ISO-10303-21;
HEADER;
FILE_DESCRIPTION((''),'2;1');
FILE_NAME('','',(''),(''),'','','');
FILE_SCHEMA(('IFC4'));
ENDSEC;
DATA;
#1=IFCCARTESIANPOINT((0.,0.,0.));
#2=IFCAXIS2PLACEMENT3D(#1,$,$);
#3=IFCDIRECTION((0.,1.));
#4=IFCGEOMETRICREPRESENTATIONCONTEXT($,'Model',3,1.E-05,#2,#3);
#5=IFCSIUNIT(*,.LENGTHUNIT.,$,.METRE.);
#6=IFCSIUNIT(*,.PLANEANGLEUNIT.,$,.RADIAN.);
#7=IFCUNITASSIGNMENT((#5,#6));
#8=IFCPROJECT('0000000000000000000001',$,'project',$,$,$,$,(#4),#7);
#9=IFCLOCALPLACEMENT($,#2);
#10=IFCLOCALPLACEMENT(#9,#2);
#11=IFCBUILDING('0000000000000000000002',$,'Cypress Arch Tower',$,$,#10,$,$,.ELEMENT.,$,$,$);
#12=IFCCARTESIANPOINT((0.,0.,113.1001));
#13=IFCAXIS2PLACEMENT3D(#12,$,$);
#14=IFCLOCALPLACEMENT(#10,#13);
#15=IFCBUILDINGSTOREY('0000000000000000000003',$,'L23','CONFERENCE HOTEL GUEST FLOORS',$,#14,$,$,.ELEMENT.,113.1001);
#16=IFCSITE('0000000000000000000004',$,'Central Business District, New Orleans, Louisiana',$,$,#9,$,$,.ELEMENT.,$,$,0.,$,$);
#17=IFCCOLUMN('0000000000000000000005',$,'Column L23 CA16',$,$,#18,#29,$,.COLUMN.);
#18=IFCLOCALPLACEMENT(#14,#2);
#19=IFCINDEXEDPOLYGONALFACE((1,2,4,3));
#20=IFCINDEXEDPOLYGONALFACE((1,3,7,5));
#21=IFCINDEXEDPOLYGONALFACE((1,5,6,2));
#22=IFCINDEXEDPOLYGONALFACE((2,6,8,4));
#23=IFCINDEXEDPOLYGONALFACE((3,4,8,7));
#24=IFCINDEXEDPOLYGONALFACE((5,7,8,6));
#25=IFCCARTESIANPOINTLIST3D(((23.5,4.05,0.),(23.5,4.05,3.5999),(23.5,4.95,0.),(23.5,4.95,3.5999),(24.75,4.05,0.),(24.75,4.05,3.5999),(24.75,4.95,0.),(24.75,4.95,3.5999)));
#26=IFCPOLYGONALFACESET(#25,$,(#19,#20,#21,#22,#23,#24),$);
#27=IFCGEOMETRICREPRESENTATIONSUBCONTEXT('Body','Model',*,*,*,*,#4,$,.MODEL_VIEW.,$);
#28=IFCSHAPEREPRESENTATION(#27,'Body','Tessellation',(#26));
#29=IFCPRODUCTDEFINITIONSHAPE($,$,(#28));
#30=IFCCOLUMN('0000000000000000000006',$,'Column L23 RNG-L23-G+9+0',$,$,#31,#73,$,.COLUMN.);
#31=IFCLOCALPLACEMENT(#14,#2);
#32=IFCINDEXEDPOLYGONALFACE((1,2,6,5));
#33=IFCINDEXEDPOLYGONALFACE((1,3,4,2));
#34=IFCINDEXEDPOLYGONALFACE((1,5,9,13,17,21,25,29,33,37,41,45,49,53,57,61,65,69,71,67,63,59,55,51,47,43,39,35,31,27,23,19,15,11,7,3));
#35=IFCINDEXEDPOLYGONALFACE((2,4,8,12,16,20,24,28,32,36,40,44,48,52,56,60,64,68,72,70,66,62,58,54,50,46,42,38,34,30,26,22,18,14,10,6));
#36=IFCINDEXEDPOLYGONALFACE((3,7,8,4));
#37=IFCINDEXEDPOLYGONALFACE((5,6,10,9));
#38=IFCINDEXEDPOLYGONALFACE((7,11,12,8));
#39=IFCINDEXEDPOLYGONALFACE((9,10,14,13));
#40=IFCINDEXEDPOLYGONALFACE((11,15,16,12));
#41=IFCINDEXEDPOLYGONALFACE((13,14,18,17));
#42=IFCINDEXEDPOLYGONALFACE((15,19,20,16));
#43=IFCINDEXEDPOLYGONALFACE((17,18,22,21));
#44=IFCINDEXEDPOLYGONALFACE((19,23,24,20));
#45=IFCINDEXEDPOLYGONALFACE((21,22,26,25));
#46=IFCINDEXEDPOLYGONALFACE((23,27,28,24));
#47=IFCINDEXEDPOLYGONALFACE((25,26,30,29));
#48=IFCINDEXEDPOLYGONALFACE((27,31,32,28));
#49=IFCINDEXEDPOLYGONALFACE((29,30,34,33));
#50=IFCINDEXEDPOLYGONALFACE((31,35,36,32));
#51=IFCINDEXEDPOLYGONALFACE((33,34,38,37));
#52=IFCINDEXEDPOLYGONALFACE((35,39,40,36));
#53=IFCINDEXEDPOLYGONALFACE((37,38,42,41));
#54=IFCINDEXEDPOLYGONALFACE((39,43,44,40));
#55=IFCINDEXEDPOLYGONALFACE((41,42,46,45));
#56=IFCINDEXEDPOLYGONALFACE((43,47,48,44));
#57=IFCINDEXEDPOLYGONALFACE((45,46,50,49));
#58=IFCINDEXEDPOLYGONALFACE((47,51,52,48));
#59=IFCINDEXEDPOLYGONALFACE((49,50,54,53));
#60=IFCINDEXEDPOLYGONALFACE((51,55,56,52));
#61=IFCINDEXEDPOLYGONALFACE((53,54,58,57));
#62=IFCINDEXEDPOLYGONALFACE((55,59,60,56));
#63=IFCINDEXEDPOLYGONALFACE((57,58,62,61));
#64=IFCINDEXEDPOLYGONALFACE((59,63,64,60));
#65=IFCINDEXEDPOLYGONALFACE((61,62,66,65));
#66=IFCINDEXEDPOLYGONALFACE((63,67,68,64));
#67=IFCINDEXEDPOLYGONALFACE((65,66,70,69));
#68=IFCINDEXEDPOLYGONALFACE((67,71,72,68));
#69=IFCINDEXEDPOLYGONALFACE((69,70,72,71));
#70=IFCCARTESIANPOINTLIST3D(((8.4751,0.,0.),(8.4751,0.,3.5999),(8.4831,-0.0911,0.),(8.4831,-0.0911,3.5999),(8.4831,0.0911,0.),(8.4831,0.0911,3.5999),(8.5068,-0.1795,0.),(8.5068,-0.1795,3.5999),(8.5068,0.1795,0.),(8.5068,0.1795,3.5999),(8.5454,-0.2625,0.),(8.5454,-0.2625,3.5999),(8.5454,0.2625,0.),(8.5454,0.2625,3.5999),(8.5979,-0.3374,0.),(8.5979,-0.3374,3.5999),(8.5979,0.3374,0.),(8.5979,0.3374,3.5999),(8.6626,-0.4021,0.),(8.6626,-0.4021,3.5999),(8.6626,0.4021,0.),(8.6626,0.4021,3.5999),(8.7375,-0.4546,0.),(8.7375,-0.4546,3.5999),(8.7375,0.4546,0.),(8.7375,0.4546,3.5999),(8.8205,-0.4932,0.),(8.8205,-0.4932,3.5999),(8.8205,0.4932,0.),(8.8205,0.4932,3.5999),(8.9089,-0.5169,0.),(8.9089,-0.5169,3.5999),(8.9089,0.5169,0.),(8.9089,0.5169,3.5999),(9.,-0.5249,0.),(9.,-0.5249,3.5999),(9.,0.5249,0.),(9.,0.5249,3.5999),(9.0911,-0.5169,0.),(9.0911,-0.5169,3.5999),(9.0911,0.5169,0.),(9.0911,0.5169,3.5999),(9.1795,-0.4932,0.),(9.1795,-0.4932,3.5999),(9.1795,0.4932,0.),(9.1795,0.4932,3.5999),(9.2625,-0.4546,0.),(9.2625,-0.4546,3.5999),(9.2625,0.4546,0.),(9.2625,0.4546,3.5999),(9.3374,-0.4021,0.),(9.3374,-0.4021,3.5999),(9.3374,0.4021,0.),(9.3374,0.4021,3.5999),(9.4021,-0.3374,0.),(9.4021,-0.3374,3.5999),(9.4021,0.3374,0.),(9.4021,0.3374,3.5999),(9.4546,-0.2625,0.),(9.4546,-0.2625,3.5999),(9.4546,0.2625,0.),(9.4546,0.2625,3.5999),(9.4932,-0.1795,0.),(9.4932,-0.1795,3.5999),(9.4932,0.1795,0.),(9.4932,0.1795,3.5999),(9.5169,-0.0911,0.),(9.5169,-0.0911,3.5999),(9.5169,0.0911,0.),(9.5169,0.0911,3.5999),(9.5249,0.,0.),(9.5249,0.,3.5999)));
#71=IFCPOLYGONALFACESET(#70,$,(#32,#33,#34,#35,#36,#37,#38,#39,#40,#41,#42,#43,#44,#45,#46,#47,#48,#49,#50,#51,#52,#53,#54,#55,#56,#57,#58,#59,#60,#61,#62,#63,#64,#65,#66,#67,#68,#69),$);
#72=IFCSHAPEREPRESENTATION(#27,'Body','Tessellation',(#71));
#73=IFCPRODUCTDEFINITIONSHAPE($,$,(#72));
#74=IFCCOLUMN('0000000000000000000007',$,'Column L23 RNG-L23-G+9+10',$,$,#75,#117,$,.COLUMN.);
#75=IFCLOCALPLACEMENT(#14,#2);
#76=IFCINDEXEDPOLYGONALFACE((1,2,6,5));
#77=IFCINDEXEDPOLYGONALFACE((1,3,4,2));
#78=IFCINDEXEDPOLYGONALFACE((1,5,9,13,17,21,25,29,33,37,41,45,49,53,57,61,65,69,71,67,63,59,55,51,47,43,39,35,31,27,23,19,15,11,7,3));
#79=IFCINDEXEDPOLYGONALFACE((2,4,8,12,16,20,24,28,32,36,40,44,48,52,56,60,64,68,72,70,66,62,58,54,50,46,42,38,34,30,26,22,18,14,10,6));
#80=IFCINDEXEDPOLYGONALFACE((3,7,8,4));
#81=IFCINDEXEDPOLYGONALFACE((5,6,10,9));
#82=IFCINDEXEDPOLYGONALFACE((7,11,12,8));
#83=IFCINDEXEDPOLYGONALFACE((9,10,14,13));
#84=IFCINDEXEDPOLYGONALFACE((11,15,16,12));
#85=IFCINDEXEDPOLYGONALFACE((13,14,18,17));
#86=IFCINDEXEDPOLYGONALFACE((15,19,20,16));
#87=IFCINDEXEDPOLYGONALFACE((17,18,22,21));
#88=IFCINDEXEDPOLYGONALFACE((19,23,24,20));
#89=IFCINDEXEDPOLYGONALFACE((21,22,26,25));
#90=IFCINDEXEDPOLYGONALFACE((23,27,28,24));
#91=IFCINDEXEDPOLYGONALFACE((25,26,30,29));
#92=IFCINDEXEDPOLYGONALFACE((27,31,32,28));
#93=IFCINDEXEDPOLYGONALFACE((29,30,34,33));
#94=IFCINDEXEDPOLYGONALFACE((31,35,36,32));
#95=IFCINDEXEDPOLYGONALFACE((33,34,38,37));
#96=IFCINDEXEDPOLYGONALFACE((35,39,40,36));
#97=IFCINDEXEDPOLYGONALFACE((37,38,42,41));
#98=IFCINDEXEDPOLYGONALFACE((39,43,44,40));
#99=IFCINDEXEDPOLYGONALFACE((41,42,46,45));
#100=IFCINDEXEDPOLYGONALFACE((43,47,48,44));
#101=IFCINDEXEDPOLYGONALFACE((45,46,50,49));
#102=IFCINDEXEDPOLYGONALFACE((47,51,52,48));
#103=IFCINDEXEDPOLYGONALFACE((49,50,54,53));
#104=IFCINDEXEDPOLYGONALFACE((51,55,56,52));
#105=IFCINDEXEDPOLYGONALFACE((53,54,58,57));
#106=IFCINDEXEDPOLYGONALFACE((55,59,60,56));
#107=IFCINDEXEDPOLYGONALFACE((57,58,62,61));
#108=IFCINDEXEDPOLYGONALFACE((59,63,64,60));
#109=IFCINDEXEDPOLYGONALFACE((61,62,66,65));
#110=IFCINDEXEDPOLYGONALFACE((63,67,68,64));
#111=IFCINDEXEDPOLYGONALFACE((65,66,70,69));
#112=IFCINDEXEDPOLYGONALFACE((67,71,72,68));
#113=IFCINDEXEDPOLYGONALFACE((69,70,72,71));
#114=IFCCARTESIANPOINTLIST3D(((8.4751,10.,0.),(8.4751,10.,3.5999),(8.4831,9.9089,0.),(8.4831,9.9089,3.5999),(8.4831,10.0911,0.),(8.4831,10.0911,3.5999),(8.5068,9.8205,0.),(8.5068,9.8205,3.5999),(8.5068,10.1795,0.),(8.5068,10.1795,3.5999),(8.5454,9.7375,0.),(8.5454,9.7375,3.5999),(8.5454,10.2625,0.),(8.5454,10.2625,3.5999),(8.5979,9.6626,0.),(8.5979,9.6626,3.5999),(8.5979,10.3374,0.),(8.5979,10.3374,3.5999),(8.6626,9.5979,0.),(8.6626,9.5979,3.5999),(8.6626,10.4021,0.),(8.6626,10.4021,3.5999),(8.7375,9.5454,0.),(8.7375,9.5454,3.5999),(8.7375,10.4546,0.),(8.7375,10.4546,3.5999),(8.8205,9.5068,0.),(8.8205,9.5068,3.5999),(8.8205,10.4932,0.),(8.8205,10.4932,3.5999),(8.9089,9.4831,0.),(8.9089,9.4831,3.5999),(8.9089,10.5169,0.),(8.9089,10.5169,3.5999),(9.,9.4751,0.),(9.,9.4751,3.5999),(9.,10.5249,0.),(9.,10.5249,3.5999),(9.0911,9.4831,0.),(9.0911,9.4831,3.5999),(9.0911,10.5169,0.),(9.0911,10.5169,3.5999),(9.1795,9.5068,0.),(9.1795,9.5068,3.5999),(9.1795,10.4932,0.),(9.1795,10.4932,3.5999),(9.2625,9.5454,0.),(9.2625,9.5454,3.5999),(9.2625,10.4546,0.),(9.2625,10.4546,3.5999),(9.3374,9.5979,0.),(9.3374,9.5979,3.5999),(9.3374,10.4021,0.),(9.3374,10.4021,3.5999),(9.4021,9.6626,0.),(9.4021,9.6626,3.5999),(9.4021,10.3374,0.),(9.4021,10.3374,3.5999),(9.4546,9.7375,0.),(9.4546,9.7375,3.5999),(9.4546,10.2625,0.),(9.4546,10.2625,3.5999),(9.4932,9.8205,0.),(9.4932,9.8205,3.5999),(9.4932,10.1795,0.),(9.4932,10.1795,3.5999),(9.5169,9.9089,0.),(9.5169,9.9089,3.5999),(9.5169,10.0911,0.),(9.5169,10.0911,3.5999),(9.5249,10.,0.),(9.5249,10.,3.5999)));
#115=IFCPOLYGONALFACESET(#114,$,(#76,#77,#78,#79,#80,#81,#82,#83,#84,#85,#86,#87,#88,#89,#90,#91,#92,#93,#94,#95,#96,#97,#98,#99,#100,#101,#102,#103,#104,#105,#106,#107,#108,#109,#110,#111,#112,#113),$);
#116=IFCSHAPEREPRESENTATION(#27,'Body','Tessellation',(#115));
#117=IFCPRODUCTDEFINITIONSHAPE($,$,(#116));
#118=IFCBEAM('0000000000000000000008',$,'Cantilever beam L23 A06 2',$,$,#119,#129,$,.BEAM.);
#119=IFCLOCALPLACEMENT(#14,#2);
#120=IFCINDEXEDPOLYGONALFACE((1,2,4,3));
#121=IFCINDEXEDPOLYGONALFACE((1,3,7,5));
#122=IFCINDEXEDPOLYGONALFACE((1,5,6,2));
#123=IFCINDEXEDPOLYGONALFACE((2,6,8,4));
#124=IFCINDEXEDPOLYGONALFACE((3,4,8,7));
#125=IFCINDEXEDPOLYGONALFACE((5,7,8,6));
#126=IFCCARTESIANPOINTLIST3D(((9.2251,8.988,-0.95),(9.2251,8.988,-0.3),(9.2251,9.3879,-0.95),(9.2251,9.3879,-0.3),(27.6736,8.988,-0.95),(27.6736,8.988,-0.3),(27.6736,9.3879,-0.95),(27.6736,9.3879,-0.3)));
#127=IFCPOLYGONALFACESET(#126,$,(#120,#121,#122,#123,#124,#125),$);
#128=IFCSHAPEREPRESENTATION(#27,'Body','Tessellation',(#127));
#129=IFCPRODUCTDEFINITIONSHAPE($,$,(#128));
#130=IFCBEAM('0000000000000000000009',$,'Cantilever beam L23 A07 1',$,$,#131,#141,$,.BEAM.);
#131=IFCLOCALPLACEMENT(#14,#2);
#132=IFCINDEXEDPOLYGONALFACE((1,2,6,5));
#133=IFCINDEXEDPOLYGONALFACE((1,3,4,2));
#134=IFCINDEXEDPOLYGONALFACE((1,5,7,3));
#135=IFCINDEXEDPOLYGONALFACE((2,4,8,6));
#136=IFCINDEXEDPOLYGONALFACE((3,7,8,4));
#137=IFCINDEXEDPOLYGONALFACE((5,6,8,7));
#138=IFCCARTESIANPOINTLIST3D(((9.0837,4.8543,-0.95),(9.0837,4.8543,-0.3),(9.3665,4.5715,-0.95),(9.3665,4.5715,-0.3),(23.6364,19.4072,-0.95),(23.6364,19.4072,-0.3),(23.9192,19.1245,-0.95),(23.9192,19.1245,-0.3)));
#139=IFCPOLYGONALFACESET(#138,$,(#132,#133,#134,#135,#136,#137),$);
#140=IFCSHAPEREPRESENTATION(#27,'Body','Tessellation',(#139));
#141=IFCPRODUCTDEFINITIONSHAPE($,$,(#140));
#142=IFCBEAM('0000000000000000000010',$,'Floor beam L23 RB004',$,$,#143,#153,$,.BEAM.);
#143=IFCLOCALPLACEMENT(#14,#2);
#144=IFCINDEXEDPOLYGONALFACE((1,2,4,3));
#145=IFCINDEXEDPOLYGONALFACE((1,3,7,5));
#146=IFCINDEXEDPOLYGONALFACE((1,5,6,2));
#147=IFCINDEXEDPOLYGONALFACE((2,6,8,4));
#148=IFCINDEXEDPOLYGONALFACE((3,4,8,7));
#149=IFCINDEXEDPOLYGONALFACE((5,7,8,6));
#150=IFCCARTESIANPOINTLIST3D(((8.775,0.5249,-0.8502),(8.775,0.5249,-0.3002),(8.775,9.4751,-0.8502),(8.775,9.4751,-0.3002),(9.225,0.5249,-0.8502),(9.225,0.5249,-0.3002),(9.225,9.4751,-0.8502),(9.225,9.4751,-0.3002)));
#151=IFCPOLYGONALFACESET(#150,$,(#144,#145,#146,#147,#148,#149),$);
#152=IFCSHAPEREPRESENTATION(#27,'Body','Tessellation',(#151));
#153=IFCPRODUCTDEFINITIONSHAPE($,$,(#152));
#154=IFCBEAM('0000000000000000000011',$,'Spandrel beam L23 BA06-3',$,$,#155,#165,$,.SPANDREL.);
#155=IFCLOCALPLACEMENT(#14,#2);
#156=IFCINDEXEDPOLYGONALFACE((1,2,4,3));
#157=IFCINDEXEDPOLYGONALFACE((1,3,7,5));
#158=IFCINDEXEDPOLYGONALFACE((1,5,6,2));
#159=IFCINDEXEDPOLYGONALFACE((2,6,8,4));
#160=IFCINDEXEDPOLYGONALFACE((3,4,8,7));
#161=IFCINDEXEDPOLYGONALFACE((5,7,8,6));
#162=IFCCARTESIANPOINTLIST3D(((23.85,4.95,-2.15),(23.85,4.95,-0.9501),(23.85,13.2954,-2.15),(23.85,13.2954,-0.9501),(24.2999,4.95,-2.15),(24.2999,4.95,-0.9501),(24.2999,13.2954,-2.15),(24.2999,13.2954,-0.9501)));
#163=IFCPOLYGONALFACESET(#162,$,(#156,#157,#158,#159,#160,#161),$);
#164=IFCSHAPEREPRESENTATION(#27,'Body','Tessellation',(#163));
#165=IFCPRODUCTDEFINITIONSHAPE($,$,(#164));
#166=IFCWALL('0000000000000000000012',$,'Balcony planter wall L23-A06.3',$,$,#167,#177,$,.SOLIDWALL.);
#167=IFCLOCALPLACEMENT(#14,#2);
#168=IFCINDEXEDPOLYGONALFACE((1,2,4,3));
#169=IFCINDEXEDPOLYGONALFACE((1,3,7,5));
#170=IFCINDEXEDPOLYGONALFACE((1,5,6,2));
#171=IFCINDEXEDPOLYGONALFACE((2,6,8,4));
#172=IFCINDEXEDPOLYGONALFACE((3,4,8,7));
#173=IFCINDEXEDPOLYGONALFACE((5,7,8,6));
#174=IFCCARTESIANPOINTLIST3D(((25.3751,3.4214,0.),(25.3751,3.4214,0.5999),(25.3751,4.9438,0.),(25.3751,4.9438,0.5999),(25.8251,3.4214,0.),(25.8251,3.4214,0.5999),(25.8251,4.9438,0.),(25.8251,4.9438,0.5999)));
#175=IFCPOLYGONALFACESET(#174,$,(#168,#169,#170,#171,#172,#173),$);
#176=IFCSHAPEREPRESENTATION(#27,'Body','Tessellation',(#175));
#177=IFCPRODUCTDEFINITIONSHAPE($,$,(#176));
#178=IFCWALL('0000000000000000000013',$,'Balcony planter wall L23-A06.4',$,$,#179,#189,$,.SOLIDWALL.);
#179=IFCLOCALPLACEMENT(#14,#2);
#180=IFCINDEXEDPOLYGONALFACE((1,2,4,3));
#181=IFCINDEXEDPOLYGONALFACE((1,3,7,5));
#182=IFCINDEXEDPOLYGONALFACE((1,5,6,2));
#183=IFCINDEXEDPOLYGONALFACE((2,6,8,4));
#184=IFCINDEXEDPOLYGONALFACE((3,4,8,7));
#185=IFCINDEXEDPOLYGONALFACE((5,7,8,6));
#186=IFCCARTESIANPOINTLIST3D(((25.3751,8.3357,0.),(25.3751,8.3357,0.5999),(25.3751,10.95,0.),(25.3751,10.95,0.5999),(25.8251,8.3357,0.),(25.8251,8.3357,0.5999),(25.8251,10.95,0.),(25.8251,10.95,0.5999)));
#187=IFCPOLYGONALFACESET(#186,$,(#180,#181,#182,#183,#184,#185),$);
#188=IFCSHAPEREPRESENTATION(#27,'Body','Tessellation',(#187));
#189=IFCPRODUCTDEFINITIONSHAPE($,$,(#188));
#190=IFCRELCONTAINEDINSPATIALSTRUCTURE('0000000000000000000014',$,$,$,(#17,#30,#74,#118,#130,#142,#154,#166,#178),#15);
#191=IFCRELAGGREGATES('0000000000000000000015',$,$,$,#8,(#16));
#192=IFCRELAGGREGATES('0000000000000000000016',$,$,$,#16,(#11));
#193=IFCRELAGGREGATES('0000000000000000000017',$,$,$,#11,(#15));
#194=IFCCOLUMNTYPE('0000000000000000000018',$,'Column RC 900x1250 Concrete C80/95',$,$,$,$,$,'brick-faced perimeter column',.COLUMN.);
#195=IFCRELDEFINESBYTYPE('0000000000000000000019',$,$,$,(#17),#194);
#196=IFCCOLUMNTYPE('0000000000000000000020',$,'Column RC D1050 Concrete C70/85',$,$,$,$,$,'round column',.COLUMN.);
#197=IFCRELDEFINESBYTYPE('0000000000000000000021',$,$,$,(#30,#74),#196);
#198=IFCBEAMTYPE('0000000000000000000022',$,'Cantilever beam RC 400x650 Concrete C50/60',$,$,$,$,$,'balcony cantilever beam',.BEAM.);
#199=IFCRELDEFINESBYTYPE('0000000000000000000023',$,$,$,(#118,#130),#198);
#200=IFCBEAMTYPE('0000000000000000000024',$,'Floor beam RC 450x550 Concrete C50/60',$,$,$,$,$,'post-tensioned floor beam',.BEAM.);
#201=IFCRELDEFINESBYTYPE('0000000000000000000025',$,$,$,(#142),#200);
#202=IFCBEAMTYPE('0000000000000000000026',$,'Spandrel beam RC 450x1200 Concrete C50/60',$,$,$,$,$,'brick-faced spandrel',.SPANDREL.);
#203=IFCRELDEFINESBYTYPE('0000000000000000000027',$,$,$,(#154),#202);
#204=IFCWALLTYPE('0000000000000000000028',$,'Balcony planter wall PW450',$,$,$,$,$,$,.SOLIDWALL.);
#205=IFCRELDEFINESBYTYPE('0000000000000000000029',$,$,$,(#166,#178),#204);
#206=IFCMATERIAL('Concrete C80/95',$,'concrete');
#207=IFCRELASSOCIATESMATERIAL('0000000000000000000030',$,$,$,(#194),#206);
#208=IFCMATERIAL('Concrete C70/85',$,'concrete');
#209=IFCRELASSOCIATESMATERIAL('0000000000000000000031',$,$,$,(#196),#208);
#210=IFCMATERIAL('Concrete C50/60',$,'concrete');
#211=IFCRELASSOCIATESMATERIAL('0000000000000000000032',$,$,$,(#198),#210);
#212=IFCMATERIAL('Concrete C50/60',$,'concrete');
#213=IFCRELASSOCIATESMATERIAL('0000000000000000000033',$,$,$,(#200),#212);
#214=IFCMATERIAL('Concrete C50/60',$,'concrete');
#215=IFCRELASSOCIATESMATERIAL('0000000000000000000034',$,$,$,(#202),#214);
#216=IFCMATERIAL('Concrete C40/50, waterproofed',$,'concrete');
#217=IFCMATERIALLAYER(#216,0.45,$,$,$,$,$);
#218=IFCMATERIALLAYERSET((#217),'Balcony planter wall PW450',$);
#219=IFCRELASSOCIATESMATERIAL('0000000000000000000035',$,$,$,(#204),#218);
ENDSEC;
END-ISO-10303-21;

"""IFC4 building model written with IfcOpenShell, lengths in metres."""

from ifc_helpers import new_model, si_unit, direction, frame, frame_2d, origin, origin_2d, place, context, subcontext, project, spatial, rectangle, circle, extrude, material, layer, layer_set, material_profile, profile_set, type_object, element, save


model = new_model("IFC4")

# Units and contexts
model_context = context("Model", 3, precision=1e-05, world=origin(), true_north=direction((0.0, 1.0)))
body_context = subcontext(model_context, "Body", "Model", "MODEL_VIEW")
ifc_project = project(units=[si_unit("LENGTHUNIT", "METRE"), si_unit("PLANEANGLEUNIT", "RADIAN")], contexts=[model_context])

# Site, building, storey
site_placement = place(None, origin())
site = spatial("IfcSite", under=ifc_project, at=site_placement, Name="Central Business District, New Orleans, Louisiana", CompositionType="ELEMENT", RefElevation=0.0)
building_placement = place(site_placement, origin())
building = spatial("IfcBuilding", under=site, at=building_placement, Name="Cypress Arch Tower", CompositionType="ELEMENT")
storey_placement = place(building_placement, frame((0.0, 0.0, 113.1001)))
storey = spatial("IfcBuildingStorey", under=building, at=storey_placement, Name="L23", Description="CONFERENCE HOTEL GUEST FLOORS", CompositionType="ELEMENT", Elevation=113.1001)

# Columns
ifc_material_1 = material(Name="Concrete C80/95", Category="concrete")
ifc_material_profile_1 = material_profile(ifc_material_1, rectangle(XDim=0.8999, YDim=1.25, at=origin_2d()), Name="RC 900x1250")
ifc_profile_set_1 = profile_set([ifc_material_profile_1], Name="Concrete C80/95")
column_type_1 = type_object("IfcColumnType", Name="Column RC 900x1250 Concrete C80/95", ElementType="brick-faced perimeter column", PredefinedType="COLUMN", material=ifc_profile_set_1)
column_placement = place(storey_placement, frame((24.125, 4.5, 0.0), z_axis=(0.0, 0.0, 1.0), x_axis=(0.0, 1.0, 0.0)))
element("IfcColumn", 1, at=column_placement, inside=storey, type_object=column_type_1, Name="Column L23 CA16", PredefinedType="COLUMN", context=body_context, shape_type="SweptSolid", body=[
    extrude(rectangle(XDim=0.8999, YDim=1.25, at=origin_2d()), origin(), (0.0, 0.0, 1.0), 3.5999),
])
ifc_material_2 = material(Name="Concrete C70/85", Category="concrete")
ifc_material_profile_2 = material_profile(ifc_material_2, circle(Radius=0.5249, at=origin_2d()), Name="RC D1050")
ifc_profile_set_2 = profile_set([ifc_material_profile_2], Name="Concrete C70/85")
column_type_2 = type_object("IfcColumnType", Name="Column RC D1050 Concrete C70/85", ElementType="round column", PredefinedType="COLUMN", material=ifc_profile_set_2)
for number, where, z_axis, x_axis, name in (
    (2, (9.0, 0.0, 0.0), (0.0, 0.0, 1.0), (1.0, 0.0, 0.0), "Column L23 RNG-L23-G+9+0"),
    (3, (9.0, 10.0, 0.0), (0.0, 0.0, 1.0), (1.0, 0.0, 0.0), "Column L23 RNG-L23-G+9+10"),
):
    element("IfcColumn", number, at=place(storey_placement, frame(where, z_axis=z_axis, x_axis=x_axis)), inside=storey, type_object=column_type_2, Name=name, PredefinedType="COLUMN", context=body_context, shape_type="SweptSolid", body=[
        extrude(circle(Radius=0.5249, at=origin_2d()), origin(), (0.0, 0.0, 1.0), 3.5999),
    ])

# Beams
ifc_material_3 = material(Name="Concrete C50/60", Category="concrete")
ifc_material_profile_3 = material_profile(ifc_material_3, rectangle(XDim=0.3999, YDim=0.6499, at=origin_2d()), Name="RC 400x650")
ifc_profile_set_3 = profile_set([ifc_material_profile_3], Name="Concrete C50/60")
beam_type_1 = type_object("IfcBeamType", Name="Cantilever beam RC 400x650 Concrete C50/60", ElementType="balcony cantilever beam", PredefinedType="BEAM", material=ifc_profile_set_3)
beam_1_placement = place(storey_placement, frame((9.2251, 9.188, -0.625), z_axis=(1.0, 0.0, 0.0), x_axis=(0.0, 1.0, 0.0)))
element("IfcBeam", 4, at=beam_1_placement, inside=storey, type_object=beam_type_1, Name="Cantilever beam L23 A06 2", PredefinedType="BEAM", context=body_context, shape_type="SweptSolid", body=[
    extrude(rectangle(XDim=0.3999, YDim=0.6499, at=origin_2d()), origin(), (0.0, 0.0, 1.0), 18.4485),
])
beam_2_placement = place(storey_placement, frame((9.2251, 4.7129, -0.625), z_axis=(0.707101, 0.707113, 0.0), x_axis=(-0.707113, 0.707101, 0.0)))
element("IfcBeam", 5, at=beam_2_placement, inside=storey, type_object=beam_type_1, Name="Cantilever beam L23 A07 1", PredefinedType="BEAM", context=body_context, shape_type="SweptSolid", body=[
    extrude(rectangle(XDim=0.3999, YDim=0.6499, at=origin_2d()), origin(), (0.0, 0.0, 1.0), 20.5808),
])
ifc_material_4 = material(Name="Concrete C50/60", Category="concrete")
ifc_material_profile_4 = material_profile(ifc_material_4, rectangle(XDim=0.45, YDim=0.55, at=origin_2d()), Name="RC 450x550")
ifc_profile_set_4 = profile_set([ifc_material_profile_4], Name="Concrete C50/60")
beam_type_2 = type_object("IfcBeamType", Name="Floor beam RC 450x550 Concrete C50/60", ElementType="post-tensioned floor beam", PredefinedType="BEAM", material=ifc_profile_set_4)
beam_3_placement = place(storey_placement, frame((9.0, 0.5249, -0.5752), z_axis=(0.0, 1.0, 0.0), x_axis=(-1.0, 0.0, 0.0)))
element("IfcBeam", 6, at=beam_3_placement, inside=storey, type_object=beam_type_2, Name="Floor beam L23 RB004", PredefinedType="BEAM", context=body_context, shape_type="SweptSolid", body=[
    extrude(rectangle(XDim=0.45, YDim=0.55, at=origin_2d()), origin(), (0.0, 0.0, 1.0), 8.9502),
])
ifc_material_5 = material(Name="Concrete C50/60", Category="concrete")
ifc_material_profile_5 = material_profile(ifc_material_5, rectangle(XDim=0.45, YDim=1.2, at=origin_2d()), Name="RC 450x1200")
ifc_profile_set_5 = profile_set([ifc_material_profile_5], Name="Concrete C50/60")
beam_type_3 = type_object("IfcBeamType", Name="Spandrel beam RC 450x1200 Concrete C50/60", ElementType="brick-faced spandrel", PredefinedType="SPANDREL", material=ifc_profile_set_5)
beam_4_placement = place(storey_placement, frame((24.075, 4.95, -1.55), z_axis=(0.0, 1.0, 0.0), x_axis=(-1.0, 0.0, 0.0)))
element("IfcBeam", 7, at=beam_4_placement, inside=storey, type_object=beam_type_3, Name="Spandrel beam L23 BA06-3", PredefinedType="SPANDREL", context=body_context, shape_type="SweptSolid", body=[
    extrude(rectangle(XDim=0.45, YDim=1.2, at=origin_2d()), origin(), (0.0, 0.0, 1.0), 8.3455),
])

# Walls
ifc_material_6 = material(Name="Concrete C40/50, waterproofed", Category="concrete")
ifc_layer_1 = layer(ifc_material_6, 0.45)
ifc_layer_set_1 = layer_set([ifc_layer_1], Name="Balcony planter wall PW450")
wall_type_1 = type_object("IfcWallType", Name="Balcony planter wall PW450", PredefinedType="SOLIDWALL", material=ifc_layer_set_1)
wall_1_placement = place(storey_placement, frame((25.6001, 3.4214, 0.0), z_axis=(0.0, 0.0, 1.0), x_axis=(0.0, 1.0, 0.0)))
element("IfcWall", 8, at=wall_1_placement, inside=storey, type_object=wall_type_1, Name="Balcony planter wall L23-A06.3", PredefinedType="SOLIDWALL", context=body_context, shape_type="SweptSolid", body=[
    extrude(rectangle(XDim=1.5225, YDim=0.45, at=frame_2d((0.7612, 0.0))), origin(), (0.0, 0.0, 1.0), 0.5999),
])
wall_2_placement = place(storey_placement, frame((25.6001, 8.3357, 0.0), z_axis=(0.0, 0.0, 1.0), x_axis=(0.0, 1.0, 0.0)))
element("IfcWall", 9, at=wall_2_placement, inside=storey, type_object=wall_type_1, Name="Balcony planter wall L23-A06.4", PredefinedType="SOLIDWALL", context=body_context, shape_type="SweptSolid", body=[
    extrude(rectangle(XDim=2.6143, YDim=0.45, at=frame_2d((1.3071, 0.0))), origin(), (0.0, 0.0, 1.0), 0.5999),
])

save(model, "model.ifc")
